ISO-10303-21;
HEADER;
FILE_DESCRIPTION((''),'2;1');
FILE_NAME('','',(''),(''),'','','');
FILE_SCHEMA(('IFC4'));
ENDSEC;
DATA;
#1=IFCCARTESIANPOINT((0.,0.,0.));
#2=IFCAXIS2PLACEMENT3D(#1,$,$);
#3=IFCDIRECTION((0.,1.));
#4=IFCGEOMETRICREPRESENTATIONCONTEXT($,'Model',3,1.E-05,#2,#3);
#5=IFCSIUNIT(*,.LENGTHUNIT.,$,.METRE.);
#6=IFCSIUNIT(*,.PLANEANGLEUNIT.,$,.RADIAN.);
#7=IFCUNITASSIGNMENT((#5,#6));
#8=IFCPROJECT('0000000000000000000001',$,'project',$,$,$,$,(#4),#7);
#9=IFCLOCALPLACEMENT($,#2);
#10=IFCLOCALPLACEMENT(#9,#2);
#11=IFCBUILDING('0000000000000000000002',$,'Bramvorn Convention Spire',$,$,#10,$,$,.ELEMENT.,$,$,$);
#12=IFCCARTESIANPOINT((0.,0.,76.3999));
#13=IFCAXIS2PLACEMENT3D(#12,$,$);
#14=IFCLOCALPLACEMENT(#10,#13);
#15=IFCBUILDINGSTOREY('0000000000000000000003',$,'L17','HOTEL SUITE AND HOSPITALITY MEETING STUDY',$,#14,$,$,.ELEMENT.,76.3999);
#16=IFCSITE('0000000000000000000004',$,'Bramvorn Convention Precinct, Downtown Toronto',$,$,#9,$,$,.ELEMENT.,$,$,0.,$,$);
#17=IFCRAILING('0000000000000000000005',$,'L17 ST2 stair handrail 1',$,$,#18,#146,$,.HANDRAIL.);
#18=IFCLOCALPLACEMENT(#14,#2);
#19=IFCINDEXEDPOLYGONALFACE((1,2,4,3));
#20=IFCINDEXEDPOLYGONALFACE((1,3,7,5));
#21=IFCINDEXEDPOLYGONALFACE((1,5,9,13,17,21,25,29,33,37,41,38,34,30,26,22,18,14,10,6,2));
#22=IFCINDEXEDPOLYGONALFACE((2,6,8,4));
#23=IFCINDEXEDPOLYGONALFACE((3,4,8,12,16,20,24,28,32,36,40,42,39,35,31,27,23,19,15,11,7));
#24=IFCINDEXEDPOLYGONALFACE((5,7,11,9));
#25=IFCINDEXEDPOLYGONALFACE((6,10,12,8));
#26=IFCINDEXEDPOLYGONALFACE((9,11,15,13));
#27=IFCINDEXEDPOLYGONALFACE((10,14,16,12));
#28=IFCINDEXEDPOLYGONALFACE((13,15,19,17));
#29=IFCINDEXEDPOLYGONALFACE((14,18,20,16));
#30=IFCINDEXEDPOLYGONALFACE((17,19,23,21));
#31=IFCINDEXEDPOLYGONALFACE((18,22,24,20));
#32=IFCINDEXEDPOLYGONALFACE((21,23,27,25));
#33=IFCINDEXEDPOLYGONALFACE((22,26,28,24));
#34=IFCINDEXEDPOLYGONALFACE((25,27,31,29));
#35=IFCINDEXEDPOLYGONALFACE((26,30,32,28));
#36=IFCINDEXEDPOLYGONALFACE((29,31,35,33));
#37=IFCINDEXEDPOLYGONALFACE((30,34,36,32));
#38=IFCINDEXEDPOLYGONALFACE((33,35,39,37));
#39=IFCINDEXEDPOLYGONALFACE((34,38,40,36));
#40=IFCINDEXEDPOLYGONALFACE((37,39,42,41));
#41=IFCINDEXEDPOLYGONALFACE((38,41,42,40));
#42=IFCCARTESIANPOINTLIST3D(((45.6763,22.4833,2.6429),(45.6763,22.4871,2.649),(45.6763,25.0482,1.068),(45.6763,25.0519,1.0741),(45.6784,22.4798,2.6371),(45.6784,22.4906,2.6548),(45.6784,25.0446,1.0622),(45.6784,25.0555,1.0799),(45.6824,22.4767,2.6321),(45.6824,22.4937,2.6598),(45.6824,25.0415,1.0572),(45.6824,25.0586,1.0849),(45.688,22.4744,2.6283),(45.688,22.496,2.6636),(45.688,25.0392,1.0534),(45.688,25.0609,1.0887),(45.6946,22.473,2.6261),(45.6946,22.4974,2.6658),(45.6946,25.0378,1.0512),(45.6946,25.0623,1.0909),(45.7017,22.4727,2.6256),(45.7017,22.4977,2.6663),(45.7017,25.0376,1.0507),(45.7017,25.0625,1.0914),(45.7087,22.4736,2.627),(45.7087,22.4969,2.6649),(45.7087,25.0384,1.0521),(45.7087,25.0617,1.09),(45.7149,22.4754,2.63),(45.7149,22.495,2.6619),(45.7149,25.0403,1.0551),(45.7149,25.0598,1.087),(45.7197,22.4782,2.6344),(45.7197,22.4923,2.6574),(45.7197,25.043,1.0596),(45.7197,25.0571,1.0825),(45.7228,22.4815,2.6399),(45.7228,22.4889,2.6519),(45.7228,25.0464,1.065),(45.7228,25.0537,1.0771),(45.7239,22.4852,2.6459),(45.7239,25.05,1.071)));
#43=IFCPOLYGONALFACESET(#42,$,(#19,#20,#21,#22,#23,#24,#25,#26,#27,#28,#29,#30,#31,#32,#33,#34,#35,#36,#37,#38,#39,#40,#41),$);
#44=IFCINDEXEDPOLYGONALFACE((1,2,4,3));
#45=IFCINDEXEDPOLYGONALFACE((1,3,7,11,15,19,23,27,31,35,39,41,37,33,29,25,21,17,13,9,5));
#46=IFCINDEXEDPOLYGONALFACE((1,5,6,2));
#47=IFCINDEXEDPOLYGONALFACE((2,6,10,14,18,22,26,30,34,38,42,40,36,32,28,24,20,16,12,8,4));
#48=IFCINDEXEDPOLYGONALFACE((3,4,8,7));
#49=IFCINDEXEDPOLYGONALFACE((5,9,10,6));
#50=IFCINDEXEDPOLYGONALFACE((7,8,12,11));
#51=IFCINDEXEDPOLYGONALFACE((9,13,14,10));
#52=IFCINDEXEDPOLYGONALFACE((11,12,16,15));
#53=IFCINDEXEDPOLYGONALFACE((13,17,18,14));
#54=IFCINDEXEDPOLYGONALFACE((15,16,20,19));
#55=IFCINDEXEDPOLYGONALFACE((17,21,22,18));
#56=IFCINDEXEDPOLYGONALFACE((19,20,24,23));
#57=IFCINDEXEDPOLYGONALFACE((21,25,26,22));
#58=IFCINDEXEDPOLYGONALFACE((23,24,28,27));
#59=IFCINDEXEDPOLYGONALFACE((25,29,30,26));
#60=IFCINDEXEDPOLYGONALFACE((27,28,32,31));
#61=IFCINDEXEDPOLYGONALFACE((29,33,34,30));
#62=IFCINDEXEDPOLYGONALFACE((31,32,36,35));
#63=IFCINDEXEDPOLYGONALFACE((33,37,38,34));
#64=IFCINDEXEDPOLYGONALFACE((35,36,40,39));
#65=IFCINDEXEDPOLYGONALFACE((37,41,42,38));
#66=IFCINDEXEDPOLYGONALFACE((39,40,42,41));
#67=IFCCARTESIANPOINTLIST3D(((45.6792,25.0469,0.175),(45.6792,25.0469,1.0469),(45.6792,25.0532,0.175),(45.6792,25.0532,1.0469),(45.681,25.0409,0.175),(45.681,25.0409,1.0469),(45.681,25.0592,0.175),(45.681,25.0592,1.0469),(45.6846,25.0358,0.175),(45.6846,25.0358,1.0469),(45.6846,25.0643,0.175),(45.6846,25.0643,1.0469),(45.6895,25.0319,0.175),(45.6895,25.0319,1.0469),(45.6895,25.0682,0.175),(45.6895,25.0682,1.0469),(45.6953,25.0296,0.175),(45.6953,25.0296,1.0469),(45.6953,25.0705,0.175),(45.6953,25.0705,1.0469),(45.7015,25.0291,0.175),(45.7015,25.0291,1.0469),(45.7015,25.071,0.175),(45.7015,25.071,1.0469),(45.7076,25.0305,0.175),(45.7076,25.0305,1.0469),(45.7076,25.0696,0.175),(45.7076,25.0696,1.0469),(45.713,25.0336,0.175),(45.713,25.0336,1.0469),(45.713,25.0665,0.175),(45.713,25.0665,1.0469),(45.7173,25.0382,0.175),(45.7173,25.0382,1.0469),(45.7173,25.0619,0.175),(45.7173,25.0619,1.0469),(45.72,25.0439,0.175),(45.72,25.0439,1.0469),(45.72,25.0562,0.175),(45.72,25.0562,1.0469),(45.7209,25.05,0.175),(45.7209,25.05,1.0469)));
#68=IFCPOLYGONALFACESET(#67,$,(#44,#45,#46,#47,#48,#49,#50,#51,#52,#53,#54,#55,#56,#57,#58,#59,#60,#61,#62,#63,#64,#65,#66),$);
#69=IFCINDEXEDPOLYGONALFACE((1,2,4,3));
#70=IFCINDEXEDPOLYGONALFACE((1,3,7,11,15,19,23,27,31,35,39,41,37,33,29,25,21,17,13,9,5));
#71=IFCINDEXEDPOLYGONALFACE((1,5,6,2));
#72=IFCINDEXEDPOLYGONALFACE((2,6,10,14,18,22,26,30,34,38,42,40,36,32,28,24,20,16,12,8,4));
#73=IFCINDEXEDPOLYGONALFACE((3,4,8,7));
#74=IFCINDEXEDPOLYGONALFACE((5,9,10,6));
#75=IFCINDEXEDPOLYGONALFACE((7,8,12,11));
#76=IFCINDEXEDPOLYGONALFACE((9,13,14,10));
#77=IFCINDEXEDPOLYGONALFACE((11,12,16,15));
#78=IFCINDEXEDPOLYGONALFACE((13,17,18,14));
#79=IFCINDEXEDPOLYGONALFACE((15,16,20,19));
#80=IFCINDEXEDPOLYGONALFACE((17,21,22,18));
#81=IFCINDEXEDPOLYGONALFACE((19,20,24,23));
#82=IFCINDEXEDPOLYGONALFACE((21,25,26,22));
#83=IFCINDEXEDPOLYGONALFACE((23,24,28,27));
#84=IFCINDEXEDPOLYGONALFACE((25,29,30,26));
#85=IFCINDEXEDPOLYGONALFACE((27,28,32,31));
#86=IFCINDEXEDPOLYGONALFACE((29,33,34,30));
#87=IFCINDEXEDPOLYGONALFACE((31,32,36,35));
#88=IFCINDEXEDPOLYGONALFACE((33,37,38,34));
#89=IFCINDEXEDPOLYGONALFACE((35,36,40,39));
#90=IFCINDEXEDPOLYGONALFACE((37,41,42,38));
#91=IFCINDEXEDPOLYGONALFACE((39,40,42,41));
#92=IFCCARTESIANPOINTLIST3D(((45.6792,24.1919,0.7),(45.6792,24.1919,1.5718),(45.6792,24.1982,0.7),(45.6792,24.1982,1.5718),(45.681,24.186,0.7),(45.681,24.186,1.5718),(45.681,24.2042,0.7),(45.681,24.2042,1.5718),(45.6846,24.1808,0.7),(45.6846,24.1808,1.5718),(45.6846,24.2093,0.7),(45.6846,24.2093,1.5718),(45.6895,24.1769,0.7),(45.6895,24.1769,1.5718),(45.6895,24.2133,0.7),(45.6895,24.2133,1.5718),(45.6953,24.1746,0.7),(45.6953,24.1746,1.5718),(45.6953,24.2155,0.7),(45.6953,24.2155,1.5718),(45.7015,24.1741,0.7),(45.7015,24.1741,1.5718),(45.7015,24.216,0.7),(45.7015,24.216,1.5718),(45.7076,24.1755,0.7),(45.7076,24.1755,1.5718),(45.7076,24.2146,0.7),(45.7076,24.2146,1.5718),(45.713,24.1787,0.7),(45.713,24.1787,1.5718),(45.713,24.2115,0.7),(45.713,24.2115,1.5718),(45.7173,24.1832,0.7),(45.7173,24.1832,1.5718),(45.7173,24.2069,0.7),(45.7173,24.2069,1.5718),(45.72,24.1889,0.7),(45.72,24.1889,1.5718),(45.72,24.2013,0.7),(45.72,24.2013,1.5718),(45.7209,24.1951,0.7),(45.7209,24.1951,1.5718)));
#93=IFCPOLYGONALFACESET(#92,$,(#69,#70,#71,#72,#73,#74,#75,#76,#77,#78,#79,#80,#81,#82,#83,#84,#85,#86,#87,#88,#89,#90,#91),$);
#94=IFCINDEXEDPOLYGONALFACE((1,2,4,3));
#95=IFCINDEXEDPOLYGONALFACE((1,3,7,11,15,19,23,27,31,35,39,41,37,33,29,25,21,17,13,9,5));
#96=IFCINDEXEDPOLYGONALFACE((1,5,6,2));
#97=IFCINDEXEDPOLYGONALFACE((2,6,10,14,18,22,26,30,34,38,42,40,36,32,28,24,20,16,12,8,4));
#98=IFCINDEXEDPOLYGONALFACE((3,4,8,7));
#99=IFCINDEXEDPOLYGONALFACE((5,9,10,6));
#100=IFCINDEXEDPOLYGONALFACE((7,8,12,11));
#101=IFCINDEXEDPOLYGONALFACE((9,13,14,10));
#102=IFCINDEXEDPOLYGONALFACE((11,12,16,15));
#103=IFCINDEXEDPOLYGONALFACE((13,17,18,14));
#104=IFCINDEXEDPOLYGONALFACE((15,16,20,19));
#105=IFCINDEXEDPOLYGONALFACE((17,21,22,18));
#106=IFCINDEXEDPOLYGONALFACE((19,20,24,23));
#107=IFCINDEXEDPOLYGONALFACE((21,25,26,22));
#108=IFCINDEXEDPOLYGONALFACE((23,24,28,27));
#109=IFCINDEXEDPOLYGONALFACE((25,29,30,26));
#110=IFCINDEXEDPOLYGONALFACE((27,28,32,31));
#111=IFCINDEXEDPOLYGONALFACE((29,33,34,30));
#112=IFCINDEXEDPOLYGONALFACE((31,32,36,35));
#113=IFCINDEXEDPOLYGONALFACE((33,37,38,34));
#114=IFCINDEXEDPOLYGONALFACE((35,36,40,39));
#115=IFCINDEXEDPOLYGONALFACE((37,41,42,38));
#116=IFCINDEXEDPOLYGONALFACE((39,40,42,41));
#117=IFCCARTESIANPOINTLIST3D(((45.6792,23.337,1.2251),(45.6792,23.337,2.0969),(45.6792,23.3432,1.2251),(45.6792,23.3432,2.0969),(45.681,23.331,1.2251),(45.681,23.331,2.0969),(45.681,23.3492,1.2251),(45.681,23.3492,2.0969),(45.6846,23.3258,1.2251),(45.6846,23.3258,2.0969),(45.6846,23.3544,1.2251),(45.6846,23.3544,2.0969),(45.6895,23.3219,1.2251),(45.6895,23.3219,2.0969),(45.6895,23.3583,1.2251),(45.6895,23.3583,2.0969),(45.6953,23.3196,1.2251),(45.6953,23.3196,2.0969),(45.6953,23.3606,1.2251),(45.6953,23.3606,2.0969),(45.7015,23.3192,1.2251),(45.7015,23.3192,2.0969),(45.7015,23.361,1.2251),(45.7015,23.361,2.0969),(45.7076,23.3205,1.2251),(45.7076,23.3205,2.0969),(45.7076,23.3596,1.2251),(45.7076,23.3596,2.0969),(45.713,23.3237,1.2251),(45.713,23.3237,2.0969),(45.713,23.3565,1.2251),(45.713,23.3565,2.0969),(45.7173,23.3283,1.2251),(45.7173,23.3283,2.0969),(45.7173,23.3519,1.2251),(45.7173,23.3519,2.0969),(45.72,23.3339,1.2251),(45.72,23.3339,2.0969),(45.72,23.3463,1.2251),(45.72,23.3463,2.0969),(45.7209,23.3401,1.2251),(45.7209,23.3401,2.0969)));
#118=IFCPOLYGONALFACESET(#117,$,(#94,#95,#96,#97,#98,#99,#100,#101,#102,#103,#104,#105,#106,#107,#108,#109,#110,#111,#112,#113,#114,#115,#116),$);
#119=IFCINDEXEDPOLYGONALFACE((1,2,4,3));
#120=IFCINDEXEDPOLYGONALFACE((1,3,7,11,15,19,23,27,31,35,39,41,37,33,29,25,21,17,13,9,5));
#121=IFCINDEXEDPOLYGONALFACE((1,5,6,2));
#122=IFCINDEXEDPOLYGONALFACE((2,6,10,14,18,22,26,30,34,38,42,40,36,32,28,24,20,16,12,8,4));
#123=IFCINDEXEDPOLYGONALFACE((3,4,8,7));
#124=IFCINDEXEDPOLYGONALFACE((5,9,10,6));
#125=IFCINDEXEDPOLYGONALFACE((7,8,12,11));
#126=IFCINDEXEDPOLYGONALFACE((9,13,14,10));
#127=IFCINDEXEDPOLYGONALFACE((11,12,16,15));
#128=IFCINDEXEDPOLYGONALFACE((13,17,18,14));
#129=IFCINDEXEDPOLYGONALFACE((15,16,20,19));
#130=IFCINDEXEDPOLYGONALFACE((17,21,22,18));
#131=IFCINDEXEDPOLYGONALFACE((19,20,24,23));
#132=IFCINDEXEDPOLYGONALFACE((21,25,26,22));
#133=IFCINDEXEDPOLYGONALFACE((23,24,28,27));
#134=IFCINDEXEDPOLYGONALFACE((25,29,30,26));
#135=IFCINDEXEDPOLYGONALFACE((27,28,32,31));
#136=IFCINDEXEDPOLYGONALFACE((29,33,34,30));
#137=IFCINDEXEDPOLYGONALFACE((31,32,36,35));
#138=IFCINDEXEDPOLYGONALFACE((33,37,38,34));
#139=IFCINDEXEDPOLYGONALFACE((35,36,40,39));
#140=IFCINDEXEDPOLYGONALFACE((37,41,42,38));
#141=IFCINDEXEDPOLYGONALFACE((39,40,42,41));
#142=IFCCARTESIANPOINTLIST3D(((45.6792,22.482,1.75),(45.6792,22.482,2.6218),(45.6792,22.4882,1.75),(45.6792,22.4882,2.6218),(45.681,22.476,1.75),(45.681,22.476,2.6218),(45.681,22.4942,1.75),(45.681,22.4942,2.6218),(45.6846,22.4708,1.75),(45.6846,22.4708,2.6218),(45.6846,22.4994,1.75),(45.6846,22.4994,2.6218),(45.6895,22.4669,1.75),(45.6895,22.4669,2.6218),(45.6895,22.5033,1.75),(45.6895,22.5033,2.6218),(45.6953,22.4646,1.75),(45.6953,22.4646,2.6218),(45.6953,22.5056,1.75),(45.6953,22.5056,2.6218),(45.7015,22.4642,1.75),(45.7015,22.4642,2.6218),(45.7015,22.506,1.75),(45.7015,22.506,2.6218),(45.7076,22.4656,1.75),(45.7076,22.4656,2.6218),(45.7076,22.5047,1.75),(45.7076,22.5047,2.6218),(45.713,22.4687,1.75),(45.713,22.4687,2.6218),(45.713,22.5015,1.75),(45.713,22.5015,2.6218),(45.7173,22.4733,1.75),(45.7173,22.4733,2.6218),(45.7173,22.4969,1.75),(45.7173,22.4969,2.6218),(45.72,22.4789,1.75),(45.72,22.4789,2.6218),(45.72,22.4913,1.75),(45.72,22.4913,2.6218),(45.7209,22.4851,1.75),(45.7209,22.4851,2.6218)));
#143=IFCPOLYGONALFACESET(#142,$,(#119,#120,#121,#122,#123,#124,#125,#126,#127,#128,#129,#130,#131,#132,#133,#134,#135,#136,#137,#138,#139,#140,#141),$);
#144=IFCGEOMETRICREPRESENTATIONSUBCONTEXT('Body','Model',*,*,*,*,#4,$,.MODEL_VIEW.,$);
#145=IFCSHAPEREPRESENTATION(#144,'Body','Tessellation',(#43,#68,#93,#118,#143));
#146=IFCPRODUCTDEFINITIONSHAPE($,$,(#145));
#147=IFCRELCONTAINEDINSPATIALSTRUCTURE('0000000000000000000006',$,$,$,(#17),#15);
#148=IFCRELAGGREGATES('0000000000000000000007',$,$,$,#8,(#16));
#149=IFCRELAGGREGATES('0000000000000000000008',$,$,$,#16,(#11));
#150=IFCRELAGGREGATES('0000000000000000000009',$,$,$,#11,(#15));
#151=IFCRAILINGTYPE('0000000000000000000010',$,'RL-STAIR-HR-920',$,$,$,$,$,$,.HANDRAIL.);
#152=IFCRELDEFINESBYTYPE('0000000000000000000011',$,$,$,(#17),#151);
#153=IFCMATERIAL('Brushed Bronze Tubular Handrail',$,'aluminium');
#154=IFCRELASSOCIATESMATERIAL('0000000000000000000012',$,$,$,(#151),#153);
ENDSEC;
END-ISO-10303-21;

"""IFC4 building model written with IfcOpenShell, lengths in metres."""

from ifc_helpers import new_model, si_unit, direction, frame, origin, origin_2d, place, context, subcontext, project, spatial, circle, extrude, material, type_object, element, save


model = new_model("IFC4")

# Units and contexts
model_context = context("Model", 3, precision=1e-05, world=origin(), true_north=direction((0.0, 1.0)))
body_context = subcontext(model_context, "Body", "Model", "MODEL_VIEW")
ifc_project = project(units=[si_unit("LENGTHUNIT", "METRE"), si_unit("PLANEANGLEUNIT", "RADIAN")], contexts=[model_context])

# Site, building, storey
site_placement = place(None, origin())
site = spatial("IfcSite", under=ifc_project, at=site_placement, Name="Bramvorn Convention Precinct, Downtown Toronto", CompositionType="ELEMENT", RefElevation=0.0)
building_placement = place(site_placement, origin())
building = spatial("IfcBuilding", under=site, at=building_placement, Name="Bramvorn Convention Spire", CompositionType="ELEMENT")
storey_placement = place(building_placement, frame((0.0, 0.0, 76.3999)))
storey = spatial("IfcBuildingStorey", under=building, at=storey_placement, Name="L17", Description="HOTEL SUITE AND HOSPITALITY MEETING STUDY", CompositionType="ELEMENT", Elevation=76.3999)

# Railing
ifc_material_1 = material(Name="Brushed Bronze Tubular Handrail", Category="aluminium")
railing_type_1 = type_object("IfcRailingType", Name="RL-STAIR-HR-920", PredefinedType="HANDRAIL", material=ifc_material_1)
railing_1_placement = place(storey_placement, frame((45.7, 25.05, 0.175)))
element("IfcRailing", 1, at=railing_1_placement, inside=storey, type_object=railing_type_1, Name="L17 ST2 stair handrail 1", PredefinedType="HANDRAIL", context=body_context, shape_type="SweptSolid", body=[
    extrude(circle(Radius=0.0239, at=origin_2d()), frame((0.0, 0.0, 0.896), z_axis=(0.0, -0.852173, 0.52326), x_axis=(1.0, 0.0, 0.0)), (0.0, 0.0, 1.0), 3.0098),
    extrude(circle(Radius=0.021, at=origin_2d()), origin(), (0.0, 0.0, 1.0), 0.8718),
    extrude(circle(Radius=0.021, at=origin_2d()), frame((0.0, -0.855, 0.5249)), (0.0, 0.0, 1.0), 0.8718),
    extrude(circle(Radius=0.021, at=origin_2d()), frame((0.0, -1.71, 1.05)), (0.0, 0.0, 1.0), 0.8718),
    extrude(circle(Radius=0.021, at=origin_2d()), frame((0.0, -2.5649, 1.575)), (0.0, 0.0, 1.0), 0.8718),
])

save(model, "model.ifc")
